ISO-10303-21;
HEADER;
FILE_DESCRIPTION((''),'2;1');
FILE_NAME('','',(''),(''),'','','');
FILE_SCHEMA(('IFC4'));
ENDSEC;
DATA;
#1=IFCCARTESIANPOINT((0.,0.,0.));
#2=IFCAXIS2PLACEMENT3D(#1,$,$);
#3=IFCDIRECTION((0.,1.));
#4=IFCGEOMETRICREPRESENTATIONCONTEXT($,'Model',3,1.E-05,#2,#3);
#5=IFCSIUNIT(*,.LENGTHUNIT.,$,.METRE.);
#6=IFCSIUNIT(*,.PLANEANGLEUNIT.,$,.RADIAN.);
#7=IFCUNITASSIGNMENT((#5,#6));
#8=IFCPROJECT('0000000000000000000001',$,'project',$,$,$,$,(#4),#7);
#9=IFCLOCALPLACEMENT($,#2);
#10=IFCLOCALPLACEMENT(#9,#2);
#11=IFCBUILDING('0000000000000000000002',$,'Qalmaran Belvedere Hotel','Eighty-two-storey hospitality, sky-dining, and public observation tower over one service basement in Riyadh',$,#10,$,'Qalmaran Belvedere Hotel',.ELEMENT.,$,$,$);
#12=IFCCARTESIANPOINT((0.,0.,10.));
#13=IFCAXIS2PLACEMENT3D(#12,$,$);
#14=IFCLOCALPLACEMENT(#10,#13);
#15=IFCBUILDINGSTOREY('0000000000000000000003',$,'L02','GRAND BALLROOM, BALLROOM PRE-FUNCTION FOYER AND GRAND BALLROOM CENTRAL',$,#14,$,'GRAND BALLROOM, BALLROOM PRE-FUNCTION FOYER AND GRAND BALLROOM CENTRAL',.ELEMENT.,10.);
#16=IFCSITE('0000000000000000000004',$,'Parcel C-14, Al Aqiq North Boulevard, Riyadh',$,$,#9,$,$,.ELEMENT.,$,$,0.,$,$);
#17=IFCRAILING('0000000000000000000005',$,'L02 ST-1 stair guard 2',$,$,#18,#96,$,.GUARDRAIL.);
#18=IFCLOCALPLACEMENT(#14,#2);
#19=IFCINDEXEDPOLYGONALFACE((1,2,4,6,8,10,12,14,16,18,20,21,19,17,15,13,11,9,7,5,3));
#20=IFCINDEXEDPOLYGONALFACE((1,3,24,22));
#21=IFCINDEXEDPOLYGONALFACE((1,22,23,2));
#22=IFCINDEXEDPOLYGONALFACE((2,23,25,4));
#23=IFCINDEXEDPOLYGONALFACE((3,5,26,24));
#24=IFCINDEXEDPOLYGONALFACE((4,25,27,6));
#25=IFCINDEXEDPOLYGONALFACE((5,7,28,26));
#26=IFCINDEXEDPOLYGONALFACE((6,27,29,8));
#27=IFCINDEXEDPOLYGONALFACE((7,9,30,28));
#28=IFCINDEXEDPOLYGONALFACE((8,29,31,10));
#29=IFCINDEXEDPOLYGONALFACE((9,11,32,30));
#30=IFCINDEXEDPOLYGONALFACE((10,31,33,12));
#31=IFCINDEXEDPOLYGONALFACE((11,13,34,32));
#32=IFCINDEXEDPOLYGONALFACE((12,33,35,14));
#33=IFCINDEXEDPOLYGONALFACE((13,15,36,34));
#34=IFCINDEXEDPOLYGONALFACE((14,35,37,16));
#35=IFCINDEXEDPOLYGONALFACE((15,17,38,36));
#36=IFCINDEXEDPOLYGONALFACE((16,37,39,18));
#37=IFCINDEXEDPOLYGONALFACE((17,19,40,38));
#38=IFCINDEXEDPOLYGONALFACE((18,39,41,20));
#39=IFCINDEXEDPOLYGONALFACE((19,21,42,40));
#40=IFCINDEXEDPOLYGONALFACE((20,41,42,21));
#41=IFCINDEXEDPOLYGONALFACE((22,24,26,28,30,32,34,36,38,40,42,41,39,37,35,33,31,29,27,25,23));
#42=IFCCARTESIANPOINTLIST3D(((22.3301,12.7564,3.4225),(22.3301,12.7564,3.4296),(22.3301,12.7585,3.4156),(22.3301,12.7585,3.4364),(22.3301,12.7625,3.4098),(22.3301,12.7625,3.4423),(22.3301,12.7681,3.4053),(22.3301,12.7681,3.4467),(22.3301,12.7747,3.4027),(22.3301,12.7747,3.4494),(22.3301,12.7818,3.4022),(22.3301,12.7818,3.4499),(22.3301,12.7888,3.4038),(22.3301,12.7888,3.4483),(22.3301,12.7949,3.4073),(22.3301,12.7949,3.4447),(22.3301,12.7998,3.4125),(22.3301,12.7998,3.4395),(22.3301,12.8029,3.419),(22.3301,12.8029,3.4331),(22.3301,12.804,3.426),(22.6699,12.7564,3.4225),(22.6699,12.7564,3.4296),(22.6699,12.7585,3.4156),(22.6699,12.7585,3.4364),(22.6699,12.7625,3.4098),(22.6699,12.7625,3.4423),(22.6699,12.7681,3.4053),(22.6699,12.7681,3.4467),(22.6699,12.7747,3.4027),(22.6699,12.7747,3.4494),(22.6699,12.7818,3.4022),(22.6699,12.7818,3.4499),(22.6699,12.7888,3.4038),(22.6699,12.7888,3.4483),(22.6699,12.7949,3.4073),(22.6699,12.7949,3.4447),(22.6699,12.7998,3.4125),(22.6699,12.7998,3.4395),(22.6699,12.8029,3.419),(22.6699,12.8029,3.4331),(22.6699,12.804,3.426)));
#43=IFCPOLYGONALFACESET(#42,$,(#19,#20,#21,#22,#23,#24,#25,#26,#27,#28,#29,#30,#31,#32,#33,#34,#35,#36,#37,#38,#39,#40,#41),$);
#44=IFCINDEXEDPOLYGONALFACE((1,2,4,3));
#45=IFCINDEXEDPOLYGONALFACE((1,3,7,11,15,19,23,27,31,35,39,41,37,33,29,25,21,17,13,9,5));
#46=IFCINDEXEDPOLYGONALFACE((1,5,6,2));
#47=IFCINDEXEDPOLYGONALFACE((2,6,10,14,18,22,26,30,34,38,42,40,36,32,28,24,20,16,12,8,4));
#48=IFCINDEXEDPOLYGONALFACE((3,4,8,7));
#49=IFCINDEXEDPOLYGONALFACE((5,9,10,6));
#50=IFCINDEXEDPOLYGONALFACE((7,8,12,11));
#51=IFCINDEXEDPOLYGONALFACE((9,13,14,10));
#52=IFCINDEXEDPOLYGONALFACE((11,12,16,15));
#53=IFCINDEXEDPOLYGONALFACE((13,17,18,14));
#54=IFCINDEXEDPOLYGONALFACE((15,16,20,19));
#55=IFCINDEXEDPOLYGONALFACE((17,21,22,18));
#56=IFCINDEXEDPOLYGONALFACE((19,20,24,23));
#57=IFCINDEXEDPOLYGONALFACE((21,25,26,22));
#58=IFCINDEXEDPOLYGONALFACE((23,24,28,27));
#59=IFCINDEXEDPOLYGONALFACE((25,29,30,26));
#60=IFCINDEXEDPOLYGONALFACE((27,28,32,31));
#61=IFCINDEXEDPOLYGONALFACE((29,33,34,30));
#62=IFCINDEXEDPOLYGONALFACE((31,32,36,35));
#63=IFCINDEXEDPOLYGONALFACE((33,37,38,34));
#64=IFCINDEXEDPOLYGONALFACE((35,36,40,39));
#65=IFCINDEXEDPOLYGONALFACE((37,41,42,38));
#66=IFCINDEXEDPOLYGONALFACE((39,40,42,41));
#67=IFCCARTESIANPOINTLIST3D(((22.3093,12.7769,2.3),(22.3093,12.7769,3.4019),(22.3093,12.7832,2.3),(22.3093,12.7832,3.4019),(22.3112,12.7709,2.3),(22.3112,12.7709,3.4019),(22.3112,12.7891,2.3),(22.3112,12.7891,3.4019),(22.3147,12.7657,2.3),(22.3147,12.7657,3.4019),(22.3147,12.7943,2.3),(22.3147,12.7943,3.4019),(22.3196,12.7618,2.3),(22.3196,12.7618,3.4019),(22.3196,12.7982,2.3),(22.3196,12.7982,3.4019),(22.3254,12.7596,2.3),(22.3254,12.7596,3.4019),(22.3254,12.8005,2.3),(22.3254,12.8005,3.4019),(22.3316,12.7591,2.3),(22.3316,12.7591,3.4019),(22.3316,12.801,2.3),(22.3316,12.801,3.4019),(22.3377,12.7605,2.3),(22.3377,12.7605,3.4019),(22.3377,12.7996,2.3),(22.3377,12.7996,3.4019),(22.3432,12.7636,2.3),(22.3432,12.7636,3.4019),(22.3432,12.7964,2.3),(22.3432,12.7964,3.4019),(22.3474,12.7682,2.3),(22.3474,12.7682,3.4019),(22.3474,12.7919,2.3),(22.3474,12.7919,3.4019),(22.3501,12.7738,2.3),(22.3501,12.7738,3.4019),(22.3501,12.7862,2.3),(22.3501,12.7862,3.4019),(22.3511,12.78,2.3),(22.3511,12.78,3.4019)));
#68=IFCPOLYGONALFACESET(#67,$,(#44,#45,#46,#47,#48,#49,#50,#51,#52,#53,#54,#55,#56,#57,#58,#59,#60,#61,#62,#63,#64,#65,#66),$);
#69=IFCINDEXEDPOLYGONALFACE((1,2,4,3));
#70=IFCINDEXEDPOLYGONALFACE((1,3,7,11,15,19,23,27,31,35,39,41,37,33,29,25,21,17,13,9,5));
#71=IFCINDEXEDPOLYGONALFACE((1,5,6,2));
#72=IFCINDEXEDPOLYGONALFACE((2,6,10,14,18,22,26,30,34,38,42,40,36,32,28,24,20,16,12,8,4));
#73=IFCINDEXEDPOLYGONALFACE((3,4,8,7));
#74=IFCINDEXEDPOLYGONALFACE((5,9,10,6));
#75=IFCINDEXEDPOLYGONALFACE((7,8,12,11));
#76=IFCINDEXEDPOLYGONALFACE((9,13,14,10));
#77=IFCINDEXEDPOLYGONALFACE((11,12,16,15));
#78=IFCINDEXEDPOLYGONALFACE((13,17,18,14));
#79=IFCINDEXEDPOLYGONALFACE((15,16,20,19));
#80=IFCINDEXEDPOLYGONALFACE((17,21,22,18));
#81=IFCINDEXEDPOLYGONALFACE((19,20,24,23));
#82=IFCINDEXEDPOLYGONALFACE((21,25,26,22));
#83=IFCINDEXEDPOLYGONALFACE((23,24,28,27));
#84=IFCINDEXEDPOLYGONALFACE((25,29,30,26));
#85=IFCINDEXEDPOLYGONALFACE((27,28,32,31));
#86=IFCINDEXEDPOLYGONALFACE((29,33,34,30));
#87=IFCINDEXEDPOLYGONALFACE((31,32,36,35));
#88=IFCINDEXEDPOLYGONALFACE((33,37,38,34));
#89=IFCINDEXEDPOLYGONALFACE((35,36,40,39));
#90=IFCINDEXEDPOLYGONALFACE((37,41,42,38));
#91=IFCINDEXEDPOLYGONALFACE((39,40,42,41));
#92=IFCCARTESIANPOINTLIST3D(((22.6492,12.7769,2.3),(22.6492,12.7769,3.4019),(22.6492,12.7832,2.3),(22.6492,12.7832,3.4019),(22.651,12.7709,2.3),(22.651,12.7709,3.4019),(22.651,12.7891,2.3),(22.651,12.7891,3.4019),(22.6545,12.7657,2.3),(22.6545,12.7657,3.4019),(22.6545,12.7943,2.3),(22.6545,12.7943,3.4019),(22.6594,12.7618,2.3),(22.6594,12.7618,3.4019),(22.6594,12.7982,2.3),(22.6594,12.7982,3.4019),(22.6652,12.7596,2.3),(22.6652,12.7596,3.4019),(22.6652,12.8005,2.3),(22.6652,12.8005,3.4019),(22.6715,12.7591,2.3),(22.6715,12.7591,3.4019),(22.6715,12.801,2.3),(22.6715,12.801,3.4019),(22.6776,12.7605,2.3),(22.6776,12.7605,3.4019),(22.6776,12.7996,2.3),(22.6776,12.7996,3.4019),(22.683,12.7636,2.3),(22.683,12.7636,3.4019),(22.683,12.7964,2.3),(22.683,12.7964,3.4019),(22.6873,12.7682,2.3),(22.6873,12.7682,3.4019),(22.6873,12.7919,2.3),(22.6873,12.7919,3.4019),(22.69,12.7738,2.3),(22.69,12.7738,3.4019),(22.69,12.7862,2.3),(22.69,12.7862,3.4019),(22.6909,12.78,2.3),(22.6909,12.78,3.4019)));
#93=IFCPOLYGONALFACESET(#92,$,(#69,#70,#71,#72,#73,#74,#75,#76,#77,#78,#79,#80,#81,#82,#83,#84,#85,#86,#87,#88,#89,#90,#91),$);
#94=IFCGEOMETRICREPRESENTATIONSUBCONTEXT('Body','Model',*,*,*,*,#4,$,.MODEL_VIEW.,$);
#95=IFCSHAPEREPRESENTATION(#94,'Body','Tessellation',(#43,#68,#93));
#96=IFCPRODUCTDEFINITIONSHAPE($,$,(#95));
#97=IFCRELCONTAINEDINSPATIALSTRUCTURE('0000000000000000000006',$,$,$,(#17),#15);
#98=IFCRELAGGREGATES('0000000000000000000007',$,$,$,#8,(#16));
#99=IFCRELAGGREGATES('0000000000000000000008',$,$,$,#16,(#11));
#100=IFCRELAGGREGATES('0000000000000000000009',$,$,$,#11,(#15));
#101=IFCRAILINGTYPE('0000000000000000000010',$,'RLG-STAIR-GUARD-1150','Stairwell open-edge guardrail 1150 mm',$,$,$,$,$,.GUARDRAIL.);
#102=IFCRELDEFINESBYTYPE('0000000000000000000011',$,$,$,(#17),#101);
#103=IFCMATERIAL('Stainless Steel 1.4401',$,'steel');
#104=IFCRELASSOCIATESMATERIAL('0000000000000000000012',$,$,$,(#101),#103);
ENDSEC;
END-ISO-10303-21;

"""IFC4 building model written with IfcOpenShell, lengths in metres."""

from ifc_helpers import new_model, si_unit, direction, frame, origin, origin_2d, place, context, subcontext, project, spatial, circle, extrude, material, type_object, element, save


model = new_model("IFC4")

# Units and contexts
model_context = context("Model", 3, precision=1e-05, world=origin(), true_north=direction((0.0, 1.0)))
body_context = subcontext(model_context, "Body", "Model", "MODEL_VIEW")
ifc_project = project(units=[si_unit("LENGTHUNIT", "METRE"), si_unit("PLANEANGLEUNIT", "RADIAN")], contexts=[model_context])

# Site, building, storey
site_placement = place(None, origin())
site = spatial("IfcSite", under=ifc_project, at=site_placement, Name="Parcel C-14, Al Aqiq North Boulevard, Riyadh", CompositionType="ELEMENT", RefElevation=0.0)
building_placement = place(site_placement, origin())
building = spatial("IfcBuilding", under=site, at=building_placement, Name="Qalmaran Belvedere Hotel", Description="Eighty-two-storey hospitality, sky-dining, and public observation tower over one service basement in Riyadh", LongName="Qalmaran Belvedere Hotel", CompositionType="ELEMENT")
storey_placement = place(building_placement, frame((0.0, 0.0, 10.0)))
storey = spatial("IfcBuildingStorey", under=building, at=storey_placement, Name="L02", Description="GRAND BALLROOM, BALLROOM PRE-FUNCTION FOYER AND GRAND BALLROOM CENTRAL", LongName="GRAND BALLROOM, BALLROOM PRE-FUNCTION FOYER AND GRAND BALLROOM CENTRAL", CompositionType="ELEMENT", Elevation=10.0)

# Shared definitions
ifc_material_1 = material(Name="Stainless Steel 1.4401", Category="steel")

# Railing
railing_type_1 = type_object("IfcRailingType", Name="RLG-STAIR-GUARD-1150", Description="Stairwell open-edge guardrail 1150 mm", PredefinedType="GUARDRAIL", material=ifc_material_1)
railing_1_placement = place(storey_placement, frame((22.3301, 12.78, 2.3)))
element("IfcRailing", 1, at=railing_1_placement, inside=storey, type_object=railing_type_1, Name="L02 ST-1 stair guard 2", PredefinedType="GUARDRAIL", context=body_context, shape_type="SweptSolid", body=[
    extrude(circle(Radius=0.0239, at=origin_2d()), frame((0.0, 0.0, 1.126), z_axis=(1.0, 0.0, 0.0), x_axis=(0.0, 1.0, 0.0)), (0.0, 0.0, 1.0), 0.3398),
    extrude(circle(Radius=0.021, at=origin_2d()), origin(), (0.0, 0.0, 1.0), 1.1018),
    extrude(circle(Radius=0.021, at=origin_2d()), frame((0.3398, 0.0, 0.0)), (0.0, 0.0, 1.0), 1.1018),
])

save(model, "model.ifc")
